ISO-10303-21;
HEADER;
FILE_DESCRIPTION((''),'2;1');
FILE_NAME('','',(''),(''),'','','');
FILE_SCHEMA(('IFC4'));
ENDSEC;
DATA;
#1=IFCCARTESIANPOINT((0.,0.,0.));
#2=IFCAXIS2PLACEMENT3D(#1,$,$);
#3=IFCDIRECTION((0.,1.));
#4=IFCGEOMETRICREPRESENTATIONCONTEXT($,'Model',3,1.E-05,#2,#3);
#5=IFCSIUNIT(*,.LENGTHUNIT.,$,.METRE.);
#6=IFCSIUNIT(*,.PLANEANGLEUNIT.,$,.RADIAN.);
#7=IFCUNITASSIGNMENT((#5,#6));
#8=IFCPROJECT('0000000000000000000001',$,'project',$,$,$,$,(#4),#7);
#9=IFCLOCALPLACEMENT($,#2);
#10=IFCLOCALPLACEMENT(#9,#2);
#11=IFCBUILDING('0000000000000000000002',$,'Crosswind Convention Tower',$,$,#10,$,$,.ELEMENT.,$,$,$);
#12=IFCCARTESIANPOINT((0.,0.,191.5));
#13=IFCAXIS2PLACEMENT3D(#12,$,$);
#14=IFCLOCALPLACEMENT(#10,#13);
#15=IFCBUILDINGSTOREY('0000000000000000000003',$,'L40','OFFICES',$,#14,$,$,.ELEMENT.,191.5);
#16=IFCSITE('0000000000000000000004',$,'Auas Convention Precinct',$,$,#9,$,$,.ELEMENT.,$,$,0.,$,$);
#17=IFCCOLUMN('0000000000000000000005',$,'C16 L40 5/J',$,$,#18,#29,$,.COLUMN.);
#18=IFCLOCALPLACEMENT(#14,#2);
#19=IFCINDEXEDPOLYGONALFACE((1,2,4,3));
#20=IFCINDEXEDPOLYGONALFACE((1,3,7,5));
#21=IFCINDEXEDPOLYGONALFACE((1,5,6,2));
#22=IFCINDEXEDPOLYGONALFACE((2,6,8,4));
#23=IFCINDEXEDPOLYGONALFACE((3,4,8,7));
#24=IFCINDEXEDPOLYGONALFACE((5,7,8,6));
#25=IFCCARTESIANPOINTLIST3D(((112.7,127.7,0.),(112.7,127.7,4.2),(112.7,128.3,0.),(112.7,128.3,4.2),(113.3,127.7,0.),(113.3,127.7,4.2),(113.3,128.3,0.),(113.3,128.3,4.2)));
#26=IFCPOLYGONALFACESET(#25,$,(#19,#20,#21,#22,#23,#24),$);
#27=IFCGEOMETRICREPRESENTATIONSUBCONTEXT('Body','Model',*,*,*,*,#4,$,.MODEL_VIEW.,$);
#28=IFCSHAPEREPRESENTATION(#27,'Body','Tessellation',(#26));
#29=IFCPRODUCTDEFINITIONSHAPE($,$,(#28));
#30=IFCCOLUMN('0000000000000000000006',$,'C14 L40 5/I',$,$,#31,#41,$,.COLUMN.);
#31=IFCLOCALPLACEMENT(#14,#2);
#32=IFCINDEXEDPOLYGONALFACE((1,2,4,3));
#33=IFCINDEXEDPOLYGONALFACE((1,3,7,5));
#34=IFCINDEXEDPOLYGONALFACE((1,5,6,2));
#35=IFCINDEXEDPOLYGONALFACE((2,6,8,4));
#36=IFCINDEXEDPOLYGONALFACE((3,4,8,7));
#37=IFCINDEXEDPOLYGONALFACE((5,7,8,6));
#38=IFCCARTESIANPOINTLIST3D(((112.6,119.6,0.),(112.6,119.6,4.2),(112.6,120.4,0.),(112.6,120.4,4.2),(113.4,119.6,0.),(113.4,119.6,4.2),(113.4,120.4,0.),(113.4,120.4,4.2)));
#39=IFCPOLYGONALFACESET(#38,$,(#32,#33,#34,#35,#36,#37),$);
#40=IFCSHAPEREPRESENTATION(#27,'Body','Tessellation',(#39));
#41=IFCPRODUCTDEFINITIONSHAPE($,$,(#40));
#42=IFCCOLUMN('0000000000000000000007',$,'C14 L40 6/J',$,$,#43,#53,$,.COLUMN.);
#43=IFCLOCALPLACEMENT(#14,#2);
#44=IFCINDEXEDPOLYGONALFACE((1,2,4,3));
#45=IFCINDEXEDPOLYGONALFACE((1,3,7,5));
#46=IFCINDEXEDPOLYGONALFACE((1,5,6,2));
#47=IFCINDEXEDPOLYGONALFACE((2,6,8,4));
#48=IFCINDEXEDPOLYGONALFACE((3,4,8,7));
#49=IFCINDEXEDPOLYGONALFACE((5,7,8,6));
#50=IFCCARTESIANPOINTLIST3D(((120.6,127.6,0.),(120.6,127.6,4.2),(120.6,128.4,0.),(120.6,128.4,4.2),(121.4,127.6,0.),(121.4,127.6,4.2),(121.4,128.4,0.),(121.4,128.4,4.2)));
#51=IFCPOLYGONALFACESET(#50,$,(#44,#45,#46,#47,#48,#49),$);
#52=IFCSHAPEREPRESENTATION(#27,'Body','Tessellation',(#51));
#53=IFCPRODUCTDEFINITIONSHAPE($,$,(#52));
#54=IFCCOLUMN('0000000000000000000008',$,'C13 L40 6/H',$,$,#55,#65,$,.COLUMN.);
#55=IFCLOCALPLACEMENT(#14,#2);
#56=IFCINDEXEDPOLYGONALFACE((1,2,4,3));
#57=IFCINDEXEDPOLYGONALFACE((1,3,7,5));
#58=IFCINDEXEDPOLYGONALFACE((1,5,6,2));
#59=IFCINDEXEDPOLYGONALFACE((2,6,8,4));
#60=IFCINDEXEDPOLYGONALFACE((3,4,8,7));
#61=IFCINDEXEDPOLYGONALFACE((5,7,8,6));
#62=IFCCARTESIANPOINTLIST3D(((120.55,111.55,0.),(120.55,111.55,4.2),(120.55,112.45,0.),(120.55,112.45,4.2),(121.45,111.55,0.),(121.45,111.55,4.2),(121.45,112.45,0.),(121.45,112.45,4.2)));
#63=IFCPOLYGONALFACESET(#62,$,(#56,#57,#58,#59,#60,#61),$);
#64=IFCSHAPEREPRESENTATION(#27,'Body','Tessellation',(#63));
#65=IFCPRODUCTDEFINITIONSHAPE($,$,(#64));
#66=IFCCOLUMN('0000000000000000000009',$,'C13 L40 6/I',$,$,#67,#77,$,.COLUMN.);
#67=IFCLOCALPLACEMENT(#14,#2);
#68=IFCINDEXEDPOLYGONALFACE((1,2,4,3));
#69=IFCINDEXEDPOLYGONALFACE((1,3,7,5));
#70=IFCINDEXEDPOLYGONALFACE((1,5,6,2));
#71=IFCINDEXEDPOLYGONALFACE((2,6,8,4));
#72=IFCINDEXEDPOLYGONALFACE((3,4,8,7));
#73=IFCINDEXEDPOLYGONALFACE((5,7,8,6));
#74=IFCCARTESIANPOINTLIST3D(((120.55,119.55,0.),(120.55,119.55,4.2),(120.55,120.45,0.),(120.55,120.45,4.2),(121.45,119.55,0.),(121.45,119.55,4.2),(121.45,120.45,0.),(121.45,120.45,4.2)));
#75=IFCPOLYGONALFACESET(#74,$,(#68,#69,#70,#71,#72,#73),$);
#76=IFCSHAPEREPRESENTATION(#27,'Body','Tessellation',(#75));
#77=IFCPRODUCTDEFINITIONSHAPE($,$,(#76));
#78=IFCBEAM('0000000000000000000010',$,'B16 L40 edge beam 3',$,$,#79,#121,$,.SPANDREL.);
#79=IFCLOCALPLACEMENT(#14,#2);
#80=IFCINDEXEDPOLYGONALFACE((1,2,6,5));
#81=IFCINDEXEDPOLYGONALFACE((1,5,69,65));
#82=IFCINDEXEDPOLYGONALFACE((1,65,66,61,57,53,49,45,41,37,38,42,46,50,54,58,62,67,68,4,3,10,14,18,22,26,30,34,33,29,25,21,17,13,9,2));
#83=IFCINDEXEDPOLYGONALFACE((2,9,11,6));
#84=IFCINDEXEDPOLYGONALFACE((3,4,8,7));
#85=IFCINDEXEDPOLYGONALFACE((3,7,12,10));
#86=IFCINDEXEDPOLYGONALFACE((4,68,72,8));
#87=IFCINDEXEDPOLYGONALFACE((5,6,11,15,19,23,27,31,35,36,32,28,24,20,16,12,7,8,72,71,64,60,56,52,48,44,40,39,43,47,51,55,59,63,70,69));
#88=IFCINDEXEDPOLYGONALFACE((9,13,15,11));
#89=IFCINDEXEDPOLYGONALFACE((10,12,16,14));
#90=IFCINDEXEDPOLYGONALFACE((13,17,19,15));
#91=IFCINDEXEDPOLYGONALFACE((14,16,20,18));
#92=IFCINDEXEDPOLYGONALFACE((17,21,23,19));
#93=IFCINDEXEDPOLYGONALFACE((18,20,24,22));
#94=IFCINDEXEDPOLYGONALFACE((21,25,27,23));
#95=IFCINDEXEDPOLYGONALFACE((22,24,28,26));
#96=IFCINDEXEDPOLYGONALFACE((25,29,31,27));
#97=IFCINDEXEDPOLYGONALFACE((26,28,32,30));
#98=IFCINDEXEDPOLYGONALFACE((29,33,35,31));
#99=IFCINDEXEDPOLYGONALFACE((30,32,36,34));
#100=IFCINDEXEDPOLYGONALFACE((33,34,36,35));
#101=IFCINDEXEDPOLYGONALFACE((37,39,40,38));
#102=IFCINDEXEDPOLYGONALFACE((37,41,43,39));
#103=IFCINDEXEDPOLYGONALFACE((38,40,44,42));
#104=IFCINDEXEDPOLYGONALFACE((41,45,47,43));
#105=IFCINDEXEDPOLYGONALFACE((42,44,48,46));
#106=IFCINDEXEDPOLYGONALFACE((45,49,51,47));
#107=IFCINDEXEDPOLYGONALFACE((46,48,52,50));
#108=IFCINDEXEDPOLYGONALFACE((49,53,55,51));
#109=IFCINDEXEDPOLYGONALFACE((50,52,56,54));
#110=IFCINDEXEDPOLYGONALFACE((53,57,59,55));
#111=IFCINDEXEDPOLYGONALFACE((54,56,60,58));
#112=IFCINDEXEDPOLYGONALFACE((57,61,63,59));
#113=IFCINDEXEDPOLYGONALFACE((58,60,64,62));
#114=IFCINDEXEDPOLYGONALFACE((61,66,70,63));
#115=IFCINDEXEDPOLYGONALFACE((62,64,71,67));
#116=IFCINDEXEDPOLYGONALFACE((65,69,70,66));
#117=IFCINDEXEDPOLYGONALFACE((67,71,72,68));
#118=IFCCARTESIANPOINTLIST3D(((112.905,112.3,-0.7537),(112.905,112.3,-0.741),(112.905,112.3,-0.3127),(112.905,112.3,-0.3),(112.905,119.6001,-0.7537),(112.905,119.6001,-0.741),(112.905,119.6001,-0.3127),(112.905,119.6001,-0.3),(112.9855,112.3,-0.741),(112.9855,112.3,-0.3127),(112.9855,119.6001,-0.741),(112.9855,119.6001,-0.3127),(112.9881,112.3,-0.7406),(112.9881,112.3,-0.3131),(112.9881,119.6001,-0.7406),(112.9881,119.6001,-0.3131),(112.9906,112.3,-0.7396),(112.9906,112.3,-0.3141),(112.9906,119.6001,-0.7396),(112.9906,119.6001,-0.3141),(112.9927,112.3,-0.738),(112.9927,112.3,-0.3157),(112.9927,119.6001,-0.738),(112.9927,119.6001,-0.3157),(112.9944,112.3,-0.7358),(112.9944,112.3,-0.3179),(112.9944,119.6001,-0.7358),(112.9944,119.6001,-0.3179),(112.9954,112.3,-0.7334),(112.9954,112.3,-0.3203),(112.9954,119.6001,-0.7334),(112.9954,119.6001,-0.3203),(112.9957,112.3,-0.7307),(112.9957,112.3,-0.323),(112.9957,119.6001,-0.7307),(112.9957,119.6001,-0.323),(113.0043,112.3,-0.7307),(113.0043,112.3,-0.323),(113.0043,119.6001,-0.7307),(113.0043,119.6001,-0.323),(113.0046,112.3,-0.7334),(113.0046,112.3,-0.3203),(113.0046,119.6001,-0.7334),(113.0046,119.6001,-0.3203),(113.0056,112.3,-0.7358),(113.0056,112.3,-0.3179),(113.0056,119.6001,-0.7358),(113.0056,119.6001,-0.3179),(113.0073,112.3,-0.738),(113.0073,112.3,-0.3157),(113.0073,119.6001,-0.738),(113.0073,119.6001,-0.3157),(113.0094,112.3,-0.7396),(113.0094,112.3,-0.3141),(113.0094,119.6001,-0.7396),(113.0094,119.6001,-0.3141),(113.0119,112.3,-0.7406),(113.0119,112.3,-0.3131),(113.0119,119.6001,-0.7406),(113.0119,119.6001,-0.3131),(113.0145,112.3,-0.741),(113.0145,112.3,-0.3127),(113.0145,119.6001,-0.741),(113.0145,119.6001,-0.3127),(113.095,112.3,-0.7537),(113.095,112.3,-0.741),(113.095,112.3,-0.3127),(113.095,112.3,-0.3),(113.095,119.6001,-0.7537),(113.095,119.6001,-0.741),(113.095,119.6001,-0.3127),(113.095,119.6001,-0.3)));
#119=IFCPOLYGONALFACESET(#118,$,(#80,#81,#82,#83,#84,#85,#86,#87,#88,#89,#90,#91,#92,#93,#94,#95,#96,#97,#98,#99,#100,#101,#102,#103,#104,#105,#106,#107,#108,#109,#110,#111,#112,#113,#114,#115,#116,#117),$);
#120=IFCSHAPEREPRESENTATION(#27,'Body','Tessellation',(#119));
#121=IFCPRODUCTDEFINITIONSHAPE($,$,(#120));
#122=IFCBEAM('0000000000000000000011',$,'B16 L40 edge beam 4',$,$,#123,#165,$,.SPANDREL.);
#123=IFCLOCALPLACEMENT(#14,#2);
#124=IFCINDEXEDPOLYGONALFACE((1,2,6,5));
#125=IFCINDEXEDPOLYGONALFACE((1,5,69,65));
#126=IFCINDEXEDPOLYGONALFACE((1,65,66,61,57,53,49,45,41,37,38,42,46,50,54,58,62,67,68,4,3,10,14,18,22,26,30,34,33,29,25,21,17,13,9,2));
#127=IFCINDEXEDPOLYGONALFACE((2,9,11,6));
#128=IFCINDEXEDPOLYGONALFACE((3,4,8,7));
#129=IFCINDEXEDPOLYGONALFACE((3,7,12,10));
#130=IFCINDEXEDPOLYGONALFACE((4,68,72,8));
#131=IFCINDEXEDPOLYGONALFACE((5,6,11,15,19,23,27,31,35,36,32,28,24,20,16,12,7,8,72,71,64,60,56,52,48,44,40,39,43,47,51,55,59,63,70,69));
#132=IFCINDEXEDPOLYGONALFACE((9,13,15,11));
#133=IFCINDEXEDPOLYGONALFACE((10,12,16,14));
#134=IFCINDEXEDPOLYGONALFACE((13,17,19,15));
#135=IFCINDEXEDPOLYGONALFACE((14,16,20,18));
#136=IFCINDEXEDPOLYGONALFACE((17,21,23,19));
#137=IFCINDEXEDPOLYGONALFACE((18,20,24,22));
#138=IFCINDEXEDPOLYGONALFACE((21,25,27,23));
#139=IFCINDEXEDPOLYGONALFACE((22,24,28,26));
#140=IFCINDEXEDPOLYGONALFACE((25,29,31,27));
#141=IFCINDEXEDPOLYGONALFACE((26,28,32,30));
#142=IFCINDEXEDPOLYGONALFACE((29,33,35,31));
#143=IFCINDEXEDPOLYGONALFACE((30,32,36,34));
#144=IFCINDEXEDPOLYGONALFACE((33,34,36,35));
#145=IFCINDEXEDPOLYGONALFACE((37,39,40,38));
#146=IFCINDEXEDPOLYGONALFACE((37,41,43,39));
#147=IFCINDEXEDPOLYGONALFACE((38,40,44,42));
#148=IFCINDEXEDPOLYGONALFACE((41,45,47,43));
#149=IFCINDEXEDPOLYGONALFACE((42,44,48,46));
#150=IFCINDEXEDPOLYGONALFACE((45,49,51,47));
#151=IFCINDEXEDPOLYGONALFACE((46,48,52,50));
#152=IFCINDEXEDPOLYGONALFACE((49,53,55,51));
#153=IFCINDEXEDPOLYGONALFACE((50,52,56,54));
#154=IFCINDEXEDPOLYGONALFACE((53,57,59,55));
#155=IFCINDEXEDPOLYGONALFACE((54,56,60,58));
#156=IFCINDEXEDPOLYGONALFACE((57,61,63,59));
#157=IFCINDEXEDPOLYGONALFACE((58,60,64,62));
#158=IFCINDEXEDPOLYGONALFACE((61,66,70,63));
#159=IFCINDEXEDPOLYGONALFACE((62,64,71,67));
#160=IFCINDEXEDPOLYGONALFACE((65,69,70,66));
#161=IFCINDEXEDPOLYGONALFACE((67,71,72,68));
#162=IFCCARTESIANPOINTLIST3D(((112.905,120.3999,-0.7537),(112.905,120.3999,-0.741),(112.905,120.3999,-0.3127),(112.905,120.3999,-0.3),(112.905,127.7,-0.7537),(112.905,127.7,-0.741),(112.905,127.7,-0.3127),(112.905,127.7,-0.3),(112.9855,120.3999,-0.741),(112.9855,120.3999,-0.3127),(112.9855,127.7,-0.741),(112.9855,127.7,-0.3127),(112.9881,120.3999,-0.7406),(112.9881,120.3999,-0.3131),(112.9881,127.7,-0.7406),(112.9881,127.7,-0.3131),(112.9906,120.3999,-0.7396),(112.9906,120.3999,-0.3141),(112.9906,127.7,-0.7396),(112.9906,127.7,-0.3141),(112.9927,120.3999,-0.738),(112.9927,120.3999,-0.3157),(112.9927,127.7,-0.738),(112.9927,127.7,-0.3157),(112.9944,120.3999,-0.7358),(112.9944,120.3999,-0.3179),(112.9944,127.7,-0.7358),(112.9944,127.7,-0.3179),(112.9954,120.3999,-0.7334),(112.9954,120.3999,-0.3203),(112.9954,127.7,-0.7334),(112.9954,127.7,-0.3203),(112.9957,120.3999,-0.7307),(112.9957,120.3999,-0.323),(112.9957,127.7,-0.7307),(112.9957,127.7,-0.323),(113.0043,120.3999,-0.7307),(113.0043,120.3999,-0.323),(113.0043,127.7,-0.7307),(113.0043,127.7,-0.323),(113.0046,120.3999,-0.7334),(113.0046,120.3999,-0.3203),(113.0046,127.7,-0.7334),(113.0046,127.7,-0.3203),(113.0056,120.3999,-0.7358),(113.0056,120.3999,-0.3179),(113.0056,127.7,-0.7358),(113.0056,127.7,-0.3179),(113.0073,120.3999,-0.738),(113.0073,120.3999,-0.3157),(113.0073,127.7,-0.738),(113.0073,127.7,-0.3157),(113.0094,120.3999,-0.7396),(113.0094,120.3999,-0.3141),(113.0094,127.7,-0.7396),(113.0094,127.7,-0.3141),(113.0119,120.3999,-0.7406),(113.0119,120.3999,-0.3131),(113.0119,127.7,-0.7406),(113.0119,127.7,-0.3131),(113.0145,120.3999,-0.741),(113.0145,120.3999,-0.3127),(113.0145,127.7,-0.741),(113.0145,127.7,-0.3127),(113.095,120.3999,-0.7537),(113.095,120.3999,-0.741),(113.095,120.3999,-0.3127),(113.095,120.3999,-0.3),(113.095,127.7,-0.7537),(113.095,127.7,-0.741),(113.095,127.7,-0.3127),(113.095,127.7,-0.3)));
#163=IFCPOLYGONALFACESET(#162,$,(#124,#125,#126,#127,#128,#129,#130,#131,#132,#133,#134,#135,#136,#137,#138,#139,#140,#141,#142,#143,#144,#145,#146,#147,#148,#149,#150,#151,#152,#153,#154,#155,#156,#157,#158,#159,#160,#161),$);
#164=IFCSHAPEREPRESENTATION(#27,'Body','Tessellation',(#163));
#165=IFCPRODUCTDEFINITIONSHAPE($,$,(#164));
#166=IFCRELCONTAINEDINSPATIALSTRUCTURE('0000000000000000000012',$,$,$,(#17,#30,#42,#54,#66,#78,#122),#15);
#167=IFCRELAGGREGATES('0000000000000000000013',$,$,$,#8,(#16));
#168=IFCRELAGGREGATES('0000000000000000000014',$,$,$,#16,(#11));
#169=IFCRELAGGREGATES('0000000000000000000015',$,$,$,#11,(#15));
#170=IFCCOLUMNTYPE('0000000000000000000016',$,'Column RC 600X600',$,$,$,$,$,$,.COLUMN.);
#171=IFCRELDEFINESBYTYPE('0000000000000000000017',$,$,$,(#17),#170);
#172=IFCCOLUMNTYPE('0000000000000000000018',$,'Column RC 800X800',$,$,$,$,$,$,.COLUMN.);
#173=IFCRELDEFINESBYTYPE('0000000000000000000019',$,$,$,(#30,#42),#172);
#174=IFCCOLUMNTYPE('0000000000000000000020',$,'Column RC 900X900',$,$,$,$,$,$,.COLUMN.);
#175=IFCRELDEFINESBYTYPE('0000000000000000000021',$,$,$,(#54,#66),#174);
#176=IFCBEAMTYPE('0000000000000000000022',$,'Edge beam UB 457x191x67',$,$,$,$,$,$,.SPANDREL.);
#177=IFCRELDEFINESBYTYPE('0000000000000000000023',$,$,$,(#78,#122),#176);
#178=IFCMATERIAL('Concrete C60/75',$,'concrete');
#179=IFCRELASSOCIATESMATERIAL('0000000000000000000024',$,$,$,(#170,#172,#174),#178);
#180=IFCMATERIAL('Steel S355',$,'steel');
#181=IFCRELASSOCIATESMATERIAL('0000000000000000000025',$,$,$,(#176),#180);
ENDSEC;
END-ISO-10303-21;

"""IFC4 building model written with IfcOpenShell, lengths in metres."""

from ifc_helpers import new_model, si_unit, direction, frame, origin, origin_2d, place, context, subcontext, project, spatial, rectangle, i_section, extrude, material, material_profile, profile_set, type_object, element, save


model = new_model("IFC4")

# Units and contexts
model_context = context("Model", 3, precision=1e-05, world=origin(), true_north=direction((0.0, 1.0)))
body_context = subcontext(model_context, "Body", "Model", "MODEL_VIEW")
ifc_project = project(units=[si_unit("LENGTHUNIT", "METRE"), si_unit("PLANEANGLEUNIT", "RADIAN")], contexts=[model_context])

# Site, building, storey
site_placement = place(None, origin())
site = spatial("IfcSite", under=ifc_project, at=site_placement, Name="Auas Convention Precinct", CompositionType="ELEMENT", RefElevation=0.0)
building_placement = place(site_placement, origin())
building = spatial("IfcBuilding", under=site, at=building_placement, Name="Crosswind Convention Tower", CompositionType="ELEMENT")
storey_placement = place(building_placement, frame((0.0, 0.0, 191.5)))
storey = spatial("IfcBuildingStorey", under=building, at=storey_placement, Name="L40", Description="OFFICES", CompositionType="ELEMENT", Elevation=191.5)

# Columns
ifc_material_1 = material(Name="Concrete C60/75", Category="concrete")
ifc_material_profile_1 = material_profile(ifc_material_1, rectangle(XDim=0.6001, YDim=0.6001, at=origin_2d()), Name="RC 600X600")
ifc_profile_set_1 = profile_set([ifc_material_profile_1], Name="Concrete C60/75")
column_type_1 = type_object("IfcColumnType", Name="Column RC 600X600", PredefinedType="COLUMN", material=ifc_profile_set_1)
column_placement = place(storey_placement, frame((113.0, 128.0, 0.0), z_axis=(0.0, 0.0, 1.0), x_axis=(1.0, 0.0, 0.0)))
element("IfcColumn", 1, at=column_placement, inside=storey, type_object=column_type_1, Name="C16 L40 5/J", PredefinedType="COLUMN", context=body_context, shape_type="SweptSolid", body=[
    extrude(rectangle(XDim=0.6001, YDim=0.6001, at=origin_2d()), origin(), (0.0, 0.0, 1.0), 4.2),
])
ifc_material_profile_2 = material_profile(ifc_material_1, rectangle(XDim=0.8, YDim=0.8, at=origin_2d()), Name="RC 800X800")
ifc_profile_set_2 = profile_set([ifc_material_profile_2], Name="Concrete C60/75")
column_type_2 = type_object("IfcColumnType", Name="Column RC 800X800", PredefinedType="COLUMN", material=ifc_profile_set_2)
for number, where, z_axis, x_axis, name in (
    (2, (113.0, 120.0, 0.0), (0.0, 0.0, 1.0), (1.0, 0.0, 0.0), "C14 L40 5/I"),
    (3, (121.0, 128.0, 0.0), (0.0, 0.0, 1.0), (1.0, 0.0, 0.0), "C14 L40 6/J"),
):
    element("IfcColumn", number, at=place(storey_placement, frame(where, z_axis=z_axis, x_axis=x_axis)), inside=storey, type_object=column_type_2, Name=name, PredefinedType="COLUMN", context=body_context, shape_type="SweptSolid", body=[
        extrude(rectangle(XDim=0.8, YDim=0.8, at=origin_2d()), origin(), (0.0, 0.0, 1.0), 4.2),
    ])
ifc_material_profile_3 = material_profile(ifc_material_1, rectangle(XDim=0.8999, YDim=0.8999, at=origin_2d()), Name="RC 900X900")
ifc_profile_set_3 = profile_set([ifc_material_profile_3], Name="Concrete C60/75")
column_type_3 = type_object("IfcColumnType", Name="Column RC 900X900", PredefinedType="COLUMN", material=ifc_profile_set_3)
for number, where, z_axis, x_axis, name in (
    (4, (121.0, 112.0, 0.0), (0.0, 0.0, 1.0), (1.0, 0.0, 0.0), "C13 L40 6/H"),
    (5, (121.0, 120.0, 0.0), (0.0, 0.0, 1.0), (1.0, 0.0, 0.0), "C13 L40 6/I"),
):
    element("IfcColumn", number, at=place(storey_placement, frame(where, z_axis=z_axis, x_axis=x_axis)), inside=storey, type_object=column_type_3, Name=name, PredefinedType="COLUMN", context=body_context, shape_type="SweptSolid", body=[
        extrude(rectangle(XDim=0.8999, YDim=0.8999, at=origin_2d()), origin(), (0.0, 0.0, 1.0), 4.2),
    ])

# Beams
ifc_material_2 = material(Name="Steel S355", Category="steel")
ifc_material_profile_4 = material_profile(ifc_material_2, i_section(OverallWidth=0.1899, OverallDepth=0.4536, WebThickness=0.0085, FlangeThickness=0.0127, FilletRadius=0.0103, at=origin_2d()), Name="UB 457x191x67")
ifc_profile_set_4 = profile_set([ifc_material_profile_4], Name="Steel S355")
beam_type_1 = type_object("IfcBeamType", Name="Edge beam UB 457x191x67", PredefinedType="SPANDREL", material=ifc_profile_set_4)
for number, where, z_axis, x_axis, name in (
    (6, (113.0, 112.3, -0.5269), (0.0, 1.0, 0.0), (-1.0, 0.0, 0.0), "B16 L40 edge beam 3"),
    (7, (113.0, 120.3999, -0.5269), (0.0, 1.0, 0.0), (-1.0, 0.0, 0.0), "B16 L40 edge beam 4"),
):
    element("IfcBeam", number, at=place(storey_placement, frame(where, z_axis=z_axis, x_axis=x_axis)), inside=storey, type_object=beam_type_1, Name=name, PredefinedType="SPANDREL", context=body_context, shape_type="SweptSolid", body=[
        extrude(i_section(OverallWidth=0.1899, OverallDepth=0.4536, WebThickness=0.0085, FlangeThickness=0.0127, FilletRadius=0.0103, at=origin_2d()), origin(), (0.0, 0.0, 1.0), 7.3),
    ])

save(model, "model.ifc")
